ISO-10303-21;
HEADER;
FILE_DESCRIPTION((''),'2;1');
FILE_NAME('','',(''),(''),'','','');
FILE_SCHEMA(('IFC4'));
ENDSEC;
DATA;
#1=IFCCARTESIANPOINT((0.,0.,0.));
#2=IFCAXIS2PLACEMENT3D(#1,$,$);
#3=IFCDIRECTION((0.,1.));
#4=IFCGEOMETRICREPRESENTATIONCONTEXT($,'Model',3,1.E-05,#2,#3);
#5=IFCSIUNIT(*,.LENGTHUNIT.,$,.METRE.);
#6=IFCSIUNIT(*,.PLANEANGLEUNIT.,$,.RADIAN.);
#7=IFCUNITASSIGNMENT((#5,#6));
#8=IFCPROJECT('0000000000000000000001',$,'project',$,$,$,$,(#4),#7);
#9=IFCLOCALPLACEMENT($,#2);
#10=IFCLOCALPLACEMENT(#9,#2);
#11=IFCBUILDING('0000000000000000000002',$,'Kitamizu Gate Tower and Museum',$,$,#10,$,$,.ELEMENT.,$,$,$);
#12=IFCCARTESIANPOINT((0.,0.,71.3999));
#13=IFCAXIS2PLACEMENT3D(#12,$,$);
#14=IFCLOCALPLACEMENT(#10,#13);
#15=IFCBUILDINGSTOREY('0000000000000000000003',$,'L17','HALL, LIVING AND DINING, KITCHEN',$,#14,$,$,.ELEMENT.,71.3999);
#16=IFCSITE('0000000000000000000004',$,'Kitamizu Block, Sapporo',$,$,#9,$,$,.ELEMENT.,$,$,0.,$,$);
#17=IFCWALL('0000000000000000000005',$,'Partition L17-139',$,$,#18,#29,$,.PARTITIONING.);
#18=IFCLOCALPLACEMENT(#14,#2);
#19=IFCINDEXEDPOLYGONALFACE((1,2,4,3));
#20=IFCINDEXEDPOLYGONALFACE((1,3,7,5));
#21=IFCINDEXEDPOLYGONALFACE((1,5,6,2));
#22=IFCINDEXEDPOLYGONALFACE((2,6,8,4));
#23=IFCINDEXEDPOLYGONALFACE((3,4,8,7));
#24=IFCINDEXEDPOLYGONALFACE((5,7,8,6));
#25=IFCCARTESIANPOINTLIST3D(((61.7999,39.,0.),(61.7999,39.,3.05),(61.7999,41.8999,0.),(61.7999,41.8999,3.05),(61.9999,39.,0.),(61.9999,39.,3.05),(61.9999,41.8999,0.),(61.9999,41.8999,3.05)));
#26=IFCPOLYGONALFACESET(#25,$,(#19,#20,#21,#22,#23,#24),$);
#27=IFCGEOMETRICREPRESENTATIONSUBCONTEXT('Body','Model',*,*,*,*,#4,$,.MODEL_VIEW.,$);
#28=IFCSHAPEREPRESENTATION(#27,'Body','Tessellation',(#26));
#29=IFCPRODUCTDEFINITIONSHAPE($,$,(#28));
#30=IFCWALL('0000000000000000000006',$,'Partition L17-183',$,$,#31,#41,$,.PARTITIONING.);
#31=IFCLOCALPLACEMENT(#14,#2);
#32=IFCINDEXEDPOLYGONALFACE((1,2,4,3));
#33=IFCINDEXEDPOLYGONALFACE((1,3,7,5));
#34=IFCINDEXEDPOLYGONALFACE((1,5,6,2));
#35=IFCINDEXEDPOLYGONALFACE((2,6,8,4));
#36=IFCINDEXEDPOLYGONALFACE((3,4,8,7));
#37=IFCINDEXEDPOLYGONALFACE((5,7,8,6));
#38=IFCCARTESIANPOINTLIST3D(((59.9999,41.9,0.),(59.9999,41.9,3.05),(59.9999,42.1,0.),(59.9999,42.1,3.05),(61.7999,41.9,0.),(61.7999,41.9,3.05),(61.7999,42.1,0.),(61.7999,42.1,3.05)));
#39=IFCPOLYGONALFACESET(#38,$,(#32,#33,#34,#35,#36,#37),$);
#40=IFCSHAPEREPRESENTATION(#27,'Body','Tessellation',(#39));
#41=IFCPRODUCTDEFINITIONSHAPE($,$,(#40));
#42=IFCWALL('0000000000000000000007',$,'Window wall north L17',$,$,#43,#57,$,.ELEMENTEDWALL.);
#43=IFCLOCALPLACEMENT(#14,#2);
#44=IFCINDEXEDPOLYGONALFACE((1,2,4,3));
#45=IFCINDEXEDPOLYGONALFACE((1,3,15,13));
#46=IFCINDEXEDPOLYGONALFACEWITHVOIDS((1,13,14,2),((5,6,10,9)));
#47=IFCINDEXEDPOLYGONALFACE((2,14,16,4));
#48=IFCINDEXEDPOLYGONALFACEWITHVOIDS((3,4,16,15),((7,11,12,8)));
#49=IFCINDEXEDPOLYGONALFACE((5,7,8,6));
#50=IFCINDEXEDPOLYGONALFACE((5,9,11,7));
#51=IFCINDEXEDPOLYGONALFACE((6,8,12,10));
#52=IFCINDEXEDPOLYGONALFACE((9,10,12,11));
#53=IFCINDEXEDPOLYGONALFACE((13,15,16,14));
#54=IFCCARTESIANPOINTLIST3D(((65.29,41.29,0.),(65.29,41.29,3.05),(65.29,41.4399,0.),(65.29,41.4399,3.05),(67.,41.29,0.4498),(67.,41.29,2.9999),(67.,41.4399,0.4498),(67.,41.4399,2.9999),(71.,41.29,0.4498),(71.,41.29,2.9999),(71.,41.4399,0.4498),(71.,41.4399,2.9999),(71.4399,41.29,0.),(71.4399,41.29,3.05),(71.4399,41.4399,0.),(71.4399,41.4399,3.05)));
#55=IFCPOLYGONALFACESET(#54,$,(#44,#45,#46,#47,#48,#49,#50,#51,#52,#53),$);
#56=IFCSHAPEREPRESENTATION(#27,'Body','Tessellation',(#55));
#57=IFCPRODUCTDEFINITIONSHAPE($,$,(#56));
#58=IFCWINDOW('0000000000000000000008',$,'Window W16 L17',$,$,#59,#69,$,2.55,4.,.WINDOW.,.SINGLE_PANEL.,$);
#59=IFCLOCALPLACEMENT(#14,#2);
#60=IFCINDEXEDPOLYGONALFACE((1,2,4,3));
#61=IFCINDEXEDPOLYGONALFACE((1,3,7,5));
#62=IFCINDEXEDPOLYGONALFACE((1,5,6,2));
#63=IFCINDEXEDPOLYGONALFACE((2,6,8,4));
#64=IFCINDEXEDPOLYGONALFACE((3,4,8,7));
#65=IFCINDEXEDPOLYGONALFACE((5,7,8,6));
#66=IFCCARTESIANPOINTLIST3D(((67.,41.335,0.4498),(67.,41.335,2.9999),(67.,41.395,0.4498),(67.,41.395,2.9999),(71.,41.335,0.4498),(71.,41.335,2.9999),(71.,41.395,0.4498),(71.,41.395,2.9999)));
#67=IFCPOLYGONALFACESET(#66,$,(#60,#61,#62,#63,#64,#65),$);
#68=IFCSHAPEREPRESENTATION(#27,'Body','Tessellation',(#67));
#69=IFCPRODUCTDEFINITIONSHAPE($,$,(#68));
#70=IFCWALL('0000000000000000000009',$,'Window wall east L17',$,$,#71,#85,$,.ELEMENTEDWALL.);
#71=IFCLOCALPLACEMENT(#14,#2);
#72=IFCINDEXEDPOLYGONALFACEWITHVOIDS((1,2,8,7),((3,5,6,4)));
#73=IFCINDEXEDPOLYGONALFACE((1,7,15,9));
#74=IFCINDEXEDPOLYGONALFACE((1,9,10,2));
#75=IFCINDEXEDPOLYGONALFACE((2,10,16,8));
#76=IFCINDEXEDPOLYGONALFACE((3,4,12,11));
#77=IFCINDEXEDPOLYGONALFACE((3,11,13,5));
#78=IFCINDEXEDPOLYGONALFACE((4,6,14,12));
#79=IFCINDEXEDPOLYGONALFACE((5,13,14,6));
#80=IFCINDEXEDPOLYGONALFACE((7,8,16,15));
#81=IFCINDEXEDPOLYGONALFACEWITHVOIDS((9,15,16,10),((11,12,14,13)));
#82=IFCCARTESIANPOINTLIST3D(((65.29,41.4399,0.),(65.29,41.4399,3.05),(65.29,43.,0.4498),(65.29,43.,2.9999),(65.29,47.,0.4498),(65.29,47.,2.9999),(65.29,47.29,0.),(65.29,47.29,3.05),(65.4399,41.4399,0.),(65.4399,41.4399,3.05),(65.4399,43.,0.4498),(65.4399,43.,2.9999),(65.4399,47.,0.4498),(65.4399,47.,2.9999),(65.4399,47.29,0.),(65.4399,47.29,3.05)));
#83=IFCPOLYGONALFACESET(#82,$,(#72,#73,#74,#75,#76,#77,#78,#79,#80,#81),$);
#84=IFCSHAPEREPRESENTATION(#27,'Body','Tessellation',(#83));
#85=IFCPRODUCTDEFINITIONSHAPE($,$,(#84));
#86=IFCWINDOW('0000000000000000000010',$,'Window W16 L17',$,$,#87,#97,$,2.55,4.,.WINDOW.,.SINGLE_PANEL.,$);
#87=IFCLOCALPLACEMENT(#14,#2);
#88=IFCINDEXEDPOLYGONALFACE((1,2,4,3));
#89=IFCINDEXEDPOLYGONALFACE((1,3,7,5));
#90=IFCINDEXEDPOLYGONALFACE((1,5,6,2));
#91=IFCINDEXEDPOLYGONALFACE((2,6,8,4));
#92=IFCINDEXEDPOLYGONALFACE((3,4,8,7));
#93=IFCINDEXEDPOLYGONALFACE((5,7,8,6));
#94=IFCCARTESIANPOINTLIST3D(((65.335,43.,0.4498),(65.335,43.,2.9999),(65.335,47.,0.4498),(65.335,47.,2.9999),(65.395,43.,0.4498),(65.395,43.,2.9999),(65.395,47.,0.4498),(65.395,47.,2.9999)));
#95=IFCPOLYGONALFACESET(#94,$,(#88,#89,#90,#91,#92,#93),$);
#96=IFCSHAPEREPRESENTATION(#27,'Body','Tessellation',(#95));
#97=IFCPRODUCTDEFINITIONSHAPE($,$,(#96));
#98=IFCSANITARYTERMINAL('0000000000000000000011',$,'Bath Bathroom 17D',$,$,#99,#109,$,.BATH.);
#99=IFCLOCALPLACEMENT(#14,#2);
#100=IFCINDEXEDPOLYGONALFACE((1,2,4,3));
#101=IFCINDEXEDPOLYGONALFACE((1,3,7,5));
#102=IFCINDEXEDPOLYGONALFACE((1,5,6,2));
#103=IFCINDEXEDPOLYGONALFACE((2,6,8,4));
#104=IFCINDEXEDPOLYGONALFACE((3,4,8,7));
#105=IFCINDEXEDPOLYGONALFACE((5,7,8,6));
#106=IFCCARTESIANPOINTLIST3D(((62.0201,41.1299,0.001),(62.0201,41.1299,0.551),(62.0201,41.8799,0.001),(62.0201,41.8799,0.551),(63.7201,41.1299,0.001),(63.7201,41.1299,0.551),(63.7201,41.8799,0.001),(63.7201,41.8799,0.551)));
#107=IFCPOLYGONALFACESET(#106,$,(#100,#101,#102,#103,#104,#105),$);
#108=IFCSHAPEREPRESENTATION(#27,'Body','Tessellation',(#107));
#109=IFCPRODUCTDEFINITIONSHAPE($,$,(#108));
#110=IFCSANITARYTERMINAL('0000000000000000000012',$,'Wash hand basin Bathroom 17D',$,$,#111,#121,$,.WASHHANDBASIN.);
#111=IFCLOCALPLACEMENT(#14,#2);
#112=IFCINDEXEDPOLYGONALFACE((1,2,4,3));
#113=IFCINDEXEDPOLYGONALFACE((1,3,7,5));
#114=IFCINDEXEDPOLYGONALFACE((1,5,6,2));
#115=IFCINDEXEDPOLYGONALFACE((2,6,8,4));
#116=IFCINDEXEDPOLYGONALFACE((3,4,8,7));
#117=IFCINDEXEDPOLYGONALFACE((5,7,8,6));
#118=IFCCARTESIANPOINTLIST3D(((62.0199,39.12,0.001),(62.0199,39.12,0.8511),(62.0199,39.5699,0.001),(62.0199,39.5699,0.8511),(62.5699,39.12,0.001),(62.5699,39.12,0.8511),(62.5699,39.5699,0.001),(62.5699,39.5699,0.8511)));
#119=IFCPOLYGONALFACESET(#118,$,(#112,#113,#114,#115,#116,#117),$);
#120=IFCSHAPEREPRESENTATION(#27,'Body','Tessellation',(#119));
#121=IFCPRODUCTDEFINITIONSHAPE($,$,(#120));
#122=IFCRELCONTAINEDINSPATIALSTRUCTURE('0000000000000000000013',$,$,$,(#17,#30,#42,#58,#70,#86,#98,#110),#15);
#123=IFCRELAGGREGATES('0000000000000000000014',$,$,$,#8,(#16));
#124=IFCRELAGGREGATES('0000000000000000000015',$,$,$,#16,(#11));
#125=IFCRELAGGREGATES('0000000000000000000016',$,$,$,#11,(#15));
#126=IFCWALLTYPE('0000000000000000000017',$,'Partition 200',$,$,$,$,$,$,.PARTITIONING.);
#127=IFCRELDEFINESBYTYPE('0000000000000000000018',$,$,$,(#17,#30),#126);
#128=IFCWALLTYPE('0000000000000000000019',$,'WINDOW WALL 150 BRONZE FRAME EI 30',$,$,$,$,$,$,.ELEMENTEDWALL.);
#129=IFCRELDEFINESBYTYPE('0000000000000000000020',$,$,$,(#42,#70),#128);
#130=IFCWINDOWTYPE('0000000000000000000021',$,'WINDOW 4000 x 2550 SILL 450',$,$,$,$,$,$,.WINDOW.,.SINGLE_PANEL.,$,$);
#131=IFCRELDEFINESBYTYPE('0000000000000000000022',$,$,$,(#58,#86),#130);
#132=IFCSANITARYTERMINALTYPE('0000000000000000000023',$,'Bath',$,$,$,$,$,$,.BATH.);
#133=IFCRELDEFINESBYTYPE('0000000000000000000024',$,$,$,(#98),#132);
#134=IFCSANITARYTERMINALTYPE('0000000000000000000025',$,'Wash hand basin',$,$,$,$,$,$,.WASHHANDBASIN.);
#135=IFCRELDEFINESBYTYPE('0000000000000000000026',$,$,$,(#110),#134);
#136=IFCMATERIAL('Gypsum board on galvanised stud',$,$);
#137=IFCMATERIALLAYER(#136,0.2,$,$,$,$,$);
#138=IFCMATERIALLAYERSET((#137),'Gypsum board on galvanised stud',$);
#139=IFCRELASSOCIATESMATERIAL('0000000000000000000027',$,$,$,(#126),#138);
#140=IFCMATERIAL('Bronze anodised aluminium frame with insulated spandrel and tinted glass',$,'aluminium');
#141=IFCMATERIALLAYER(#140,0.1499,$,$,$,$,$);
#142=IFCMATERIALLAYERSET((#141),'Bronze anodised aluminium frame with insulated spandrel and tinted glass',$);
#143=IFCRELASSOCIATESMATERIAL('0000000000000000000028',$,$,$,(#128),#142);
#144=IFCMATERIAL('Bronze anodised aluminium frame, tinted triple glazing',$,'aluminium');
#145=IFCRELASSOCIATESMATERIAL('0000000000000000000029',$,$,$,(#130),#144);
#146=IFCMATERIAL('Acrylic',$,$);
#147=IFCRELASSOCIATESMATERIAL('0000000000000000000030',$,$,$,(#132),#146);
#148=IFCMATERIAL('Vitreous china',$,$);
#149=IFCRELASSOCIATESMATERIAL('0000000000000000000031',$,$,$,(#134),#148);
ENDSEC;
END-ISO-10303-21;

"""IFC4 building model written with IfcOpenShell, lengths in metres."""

from ifc_helpers import new_model, si_unit, direction, frame, frame_2d, origin, origin_2d, place, context, subcontext, project, spatial, rectangle, extrude, material, layer, layer_set, type_object, element, fill, save


model = new_model("IFC4")

# Units and contexts
model_context = context("Model", 3, precision=1e-05, world=origin(), true_north=direction((0.0, 1.0)))
body_context = subcontext(model_context, "Body", "Model", "MODEL_VIEW")
ifc_project = project(units=[si_unit("LENGTHUNIT", "METRE"), si_unit("PLANEANGLEUNIT", "RADIAN")], contexts=[model_context])

# Site, building, storey
site_placement = place(None, origin())
site = spatial("IfcSite", under=ifc_project, at=site_placement, Name="Kitamizu Block, Sapporo", CompositionType="ELEMENT", RefElevation=0.0)
building_placement = place(site_placement, origin())
building = spatial("IfcBuilding", under=site, at=building_placement, Name="Kitamizu Gate Tower and Museum", CompositionType="ELEMENT")
storey_placement = place(building_placement, frame((0.0, 0.0, 71.3999)))
storey = spatial("IfcBuildingStorey", under=building, at=storey_placement, Name="L17", Description="HALL, LIVING AND DINING, KITCHEN", CompositionType="ELEMENT", Elevation=71.3999)

# Walls
ifc_material_1 = material(Name="Gypsum board on galvanised stud")
ifc_layer_1 = layer(ifc_material_1, 0.2)
ifc_layer_set_1 = layer_set([ifc_layer_1], Name="Gypsum board on galvanised stud")
wall_type_1 = type_object("IfcWallType", Name="Partition 200", PredefinedType="PARTITIONING", material=ifc_layer_set_1)
wall_1_placement = place(storey_placement, frame((61.8999, 41.8999, 0.0), z_axis=(0.0, 0.0, 1.0), x_axis=(0.0, -1.0, 0.0)))
element("IfcWall", 1, at=wall_1_placement, inside=storey, type_object=wall_type_1, Name="Partition L17-139", PredefinedType="PARTITIONING", context=body_context, shape_type="SweptSolid", body=[
    extrude(rectangle(XDim=2.8999, YDim=0.2, at=frame_2d((1.45, 0.0))), origin(), (0.0, 0.0, 1.0), 3.05),
])
wall_2_placement = place(storey_placement, frame((60.0, 42.0, 0.0), z_axis=(0.0, 0.0, 1.0), x_axis=(1.0, 0.0, 0.0)))
element("IfcWall", 2, at=wall_2_placement, inside=storey, type_object=wall_type_1, Name="Partition L17-183", PredefinedType="PARTITIONING", context=body_context, shape_type="SweptSolid", body=[
    extrude(rectangle(XDim=1.8, YDim=0.2, at=frame_2d((0.8999, 0.0))), origin(), (0.0, 0.0, 1.0), 3.05),
])

# Walls, openings, windows
ifc_material_2 = material(Name="Bronze anodised aluminium frame with insulated spandrel and tinted glass", Category="aluminium")
ifc_layer_2 = layer(ifc_material_2, 0.1499)
ifc_layer_set_2 = layer_set([ifc_layer_2], Name="Bronze anodised aluminium frame with insulated spandrel and tinted glass")
wall_type_2 = type_object("IfcWallType", Name="WINDOW WALL 150 BRONZE FRAME EI 30", PredefinedType="ELEMENTEDWALL", material=ifc_layer_set_2)
wall_3_placement = place(storey_placement, frame((65.29, 41.365, 0.0), z_axis=(0.0, 0.0, 1.0), x_axis=(1.0, 0.0, 0.0)))
wall_3 = element("IfcWall", 3, at=wall_3_placement, inside=storey, type_object=wall_type_2, Name="Window wall north L17", PredefinedType="ELEMENTEDWALL", context=body_context, shape_type="SweptSolid", body=[
    extrude(rectangle(XDim=6.1499, YDim=0.1499, at=frame_2d((3.075, 0.0))), origin(), (0.0, 0.0, 1.0), 3.05),
])
opening_1_placement = place(wall_3_placement, frame((1.71, 0.0, 0.45)))
opening_1 = element("IfcOpeningElement", 4, at=opening_1_placement, cuts=wall_3, PredefinedType="OPENING", context=body_context, shape_type="SweptSolid", body=[
    extrude(rectangle(XDim=4.0, YDim=2.55, at=frame_2d((2.0, 1.2749))), frame((0.0, 0.085, 0.0), z_axis=(0.0, -1.0, 0.0), x_axis=(1.0, 0.0, 0.0)), (0.0, 0.0, 1.0), 0.1699),
])
ifc_material_3 = material(Name="Bronze anodised aluminium frame, tinted triple glazing", Category="aluminium")
window_type = type_object("IfcWindowType", Name="WINDOW 4000 x 2550 SILL 450", PartitioningType="SINGLE_PANEL", PredefinedType="WINDOW", material=ifc_material_3)
window_1_placement = place(opening_1_placement, origin())
window_1 = element("IfcWindow", 5, at=window_1_placement, inside=storey, type_object=window_type, Name="Window W16 L17", OverallHeight=2.55, OverallWidth=4.0, PartitioningType="SINGLE_PANEL", PredefinedType="WINDOW", context=body_context, shape_type="SweptSolid", body=[
    extrude(rectangle(XDim=4.0, YDim=2.55, at=frame_2d((2.0, 1.2749))), frame((0.0, 0.03, 0.0), z_axis=(0.0, -1.0, 0.0), x_axis=(1.0, 0.0, 0.0)), (0.0, 0.0, 1.0), 0.0601),
])
fill(opening_1, window_1)
wall_4_placement = place(storey_placement, frame((65.365, 41.4399, 0.0), z_axis=(0.0, 0.0, 1.0), x_axis=(0.0, 1.0, 0.0)))
wall_4 = element("IfcWall", 6, at=wall_4_placement, inside=storey, type_object=wall_type_2, Name="Window wall east L17", PredefinedType="ELEMENTEDWALL", context=body_context, shape_type="SweptSolid", body=[
    extrude(rectangle(XDim=5.8501, YDim=0.1499, at=frame_2d((2.925, 0.0))), origin(), (0.0, 0.0, 1.0), 3.05),
])
opening_2_placement = place(wall_4_placement, frame((1.5601, 0.0, 0.45)))
opening_2 = element("IfcOpeningElement", 7, at=opening_2_placement, cuts=wall_4, PredefinedType="OPENING", context=body_context, shape_type="SweptSolid", body=[
    extrude(rectangle(XDim=4.0, YDim=2.55, at=frame_2d((2.0, 1.2749))), frame((0.0, 0.085, 0.0), z_axis=(0.0, -1.0, 0.0), x_axis=(1.0, 0.0, 0.0)), (0.0, 0.0, 1.0), 0.1699),
])
window_2_placement = place(opening_2_placement, origin())
window_2 = element("IfcWindow", 8, at=window_2_placement, inside=storey, type_object=window_type, Name="Window W16 L17", OverallHeight=2.55, OverallWidth=4.0, PartitioningType="SINGLE_PANEL", PredefinedType="WINDOW", context=body_context, shape_type="SweptSolid", body=[
    extrude(rectangle(XDim=4.0, YDim=2.55, at=frame_2d((2.0, 1.2749))), frame((0.0, 0.03, 0.0), z_axis=(0.0, -1.0, 0.0), x_axis=(1.0, 0.0, 0.0)), (0.0, 0.0, 1.0), 0.0601),
])
fill(opening_2, window_2)

# Sanitary terminals
ifc_material_4 = material(Name="Acrylic")
sanitary_terminal_type_1 = type_object("IfcSanitaryTerminalType", Name="Bath", PredefinedType="BATH", material=ifc_material_4)
sanitary_terminal_1_placement = place(storey_placement, frame((62.8701, 41.5049, 0.001), z_axis=(0.0, 0.0, 1.0), x_axis=(1.0, 0.0, 0.0)))
element("IfcSanitaryTerminal", 9, at=sanitary_terminal_1_placement, inside=storey, type_object=sanitary_terminal_type_1, Name="Bath Bathroom 17D", PredefinedType="BATH", context=body_context, shape_type="SweptSolid", body=[
    extrude(rectangle(XDim=1.7, YDim=0.75, at=origin_2d()), origin(), (0.0, 0.0, 1.0), 0.55),
])
ifc_material_5 = material(Name="Vitreous china")
sanitary_terminal_type_2 = type_object("IfcSanitaryTerminalType", Name="Wash hand basin", PredefinedType="WASHHANDBASIN", material=ifc_material_5)
sanitary_terminal_2_placement = place(storey_placement, frame((62.2949, 39.345, 0.001), z_axis=(0.0, 0.0, 1.0), x_axis=(1.0, 0.0, 0.0)))
element("IfcSanitaryTerminal", 10, at=sanitary_terminal_2_placement, inside=storey, type_object=sanitary_terminal_type_2, Name="Wash hand basin Bathroom 17D", PredefinedType="WASHHANDBASIN", context=body_context, shape_type="SweptSolid", body=[
    extrude(rectangle(XDim=0.55, YDim=0.45, at=origin_2d()), origin(), (0.0, 0.0, 1.0), 0.8501),
])

save(model, "model.ifc")
